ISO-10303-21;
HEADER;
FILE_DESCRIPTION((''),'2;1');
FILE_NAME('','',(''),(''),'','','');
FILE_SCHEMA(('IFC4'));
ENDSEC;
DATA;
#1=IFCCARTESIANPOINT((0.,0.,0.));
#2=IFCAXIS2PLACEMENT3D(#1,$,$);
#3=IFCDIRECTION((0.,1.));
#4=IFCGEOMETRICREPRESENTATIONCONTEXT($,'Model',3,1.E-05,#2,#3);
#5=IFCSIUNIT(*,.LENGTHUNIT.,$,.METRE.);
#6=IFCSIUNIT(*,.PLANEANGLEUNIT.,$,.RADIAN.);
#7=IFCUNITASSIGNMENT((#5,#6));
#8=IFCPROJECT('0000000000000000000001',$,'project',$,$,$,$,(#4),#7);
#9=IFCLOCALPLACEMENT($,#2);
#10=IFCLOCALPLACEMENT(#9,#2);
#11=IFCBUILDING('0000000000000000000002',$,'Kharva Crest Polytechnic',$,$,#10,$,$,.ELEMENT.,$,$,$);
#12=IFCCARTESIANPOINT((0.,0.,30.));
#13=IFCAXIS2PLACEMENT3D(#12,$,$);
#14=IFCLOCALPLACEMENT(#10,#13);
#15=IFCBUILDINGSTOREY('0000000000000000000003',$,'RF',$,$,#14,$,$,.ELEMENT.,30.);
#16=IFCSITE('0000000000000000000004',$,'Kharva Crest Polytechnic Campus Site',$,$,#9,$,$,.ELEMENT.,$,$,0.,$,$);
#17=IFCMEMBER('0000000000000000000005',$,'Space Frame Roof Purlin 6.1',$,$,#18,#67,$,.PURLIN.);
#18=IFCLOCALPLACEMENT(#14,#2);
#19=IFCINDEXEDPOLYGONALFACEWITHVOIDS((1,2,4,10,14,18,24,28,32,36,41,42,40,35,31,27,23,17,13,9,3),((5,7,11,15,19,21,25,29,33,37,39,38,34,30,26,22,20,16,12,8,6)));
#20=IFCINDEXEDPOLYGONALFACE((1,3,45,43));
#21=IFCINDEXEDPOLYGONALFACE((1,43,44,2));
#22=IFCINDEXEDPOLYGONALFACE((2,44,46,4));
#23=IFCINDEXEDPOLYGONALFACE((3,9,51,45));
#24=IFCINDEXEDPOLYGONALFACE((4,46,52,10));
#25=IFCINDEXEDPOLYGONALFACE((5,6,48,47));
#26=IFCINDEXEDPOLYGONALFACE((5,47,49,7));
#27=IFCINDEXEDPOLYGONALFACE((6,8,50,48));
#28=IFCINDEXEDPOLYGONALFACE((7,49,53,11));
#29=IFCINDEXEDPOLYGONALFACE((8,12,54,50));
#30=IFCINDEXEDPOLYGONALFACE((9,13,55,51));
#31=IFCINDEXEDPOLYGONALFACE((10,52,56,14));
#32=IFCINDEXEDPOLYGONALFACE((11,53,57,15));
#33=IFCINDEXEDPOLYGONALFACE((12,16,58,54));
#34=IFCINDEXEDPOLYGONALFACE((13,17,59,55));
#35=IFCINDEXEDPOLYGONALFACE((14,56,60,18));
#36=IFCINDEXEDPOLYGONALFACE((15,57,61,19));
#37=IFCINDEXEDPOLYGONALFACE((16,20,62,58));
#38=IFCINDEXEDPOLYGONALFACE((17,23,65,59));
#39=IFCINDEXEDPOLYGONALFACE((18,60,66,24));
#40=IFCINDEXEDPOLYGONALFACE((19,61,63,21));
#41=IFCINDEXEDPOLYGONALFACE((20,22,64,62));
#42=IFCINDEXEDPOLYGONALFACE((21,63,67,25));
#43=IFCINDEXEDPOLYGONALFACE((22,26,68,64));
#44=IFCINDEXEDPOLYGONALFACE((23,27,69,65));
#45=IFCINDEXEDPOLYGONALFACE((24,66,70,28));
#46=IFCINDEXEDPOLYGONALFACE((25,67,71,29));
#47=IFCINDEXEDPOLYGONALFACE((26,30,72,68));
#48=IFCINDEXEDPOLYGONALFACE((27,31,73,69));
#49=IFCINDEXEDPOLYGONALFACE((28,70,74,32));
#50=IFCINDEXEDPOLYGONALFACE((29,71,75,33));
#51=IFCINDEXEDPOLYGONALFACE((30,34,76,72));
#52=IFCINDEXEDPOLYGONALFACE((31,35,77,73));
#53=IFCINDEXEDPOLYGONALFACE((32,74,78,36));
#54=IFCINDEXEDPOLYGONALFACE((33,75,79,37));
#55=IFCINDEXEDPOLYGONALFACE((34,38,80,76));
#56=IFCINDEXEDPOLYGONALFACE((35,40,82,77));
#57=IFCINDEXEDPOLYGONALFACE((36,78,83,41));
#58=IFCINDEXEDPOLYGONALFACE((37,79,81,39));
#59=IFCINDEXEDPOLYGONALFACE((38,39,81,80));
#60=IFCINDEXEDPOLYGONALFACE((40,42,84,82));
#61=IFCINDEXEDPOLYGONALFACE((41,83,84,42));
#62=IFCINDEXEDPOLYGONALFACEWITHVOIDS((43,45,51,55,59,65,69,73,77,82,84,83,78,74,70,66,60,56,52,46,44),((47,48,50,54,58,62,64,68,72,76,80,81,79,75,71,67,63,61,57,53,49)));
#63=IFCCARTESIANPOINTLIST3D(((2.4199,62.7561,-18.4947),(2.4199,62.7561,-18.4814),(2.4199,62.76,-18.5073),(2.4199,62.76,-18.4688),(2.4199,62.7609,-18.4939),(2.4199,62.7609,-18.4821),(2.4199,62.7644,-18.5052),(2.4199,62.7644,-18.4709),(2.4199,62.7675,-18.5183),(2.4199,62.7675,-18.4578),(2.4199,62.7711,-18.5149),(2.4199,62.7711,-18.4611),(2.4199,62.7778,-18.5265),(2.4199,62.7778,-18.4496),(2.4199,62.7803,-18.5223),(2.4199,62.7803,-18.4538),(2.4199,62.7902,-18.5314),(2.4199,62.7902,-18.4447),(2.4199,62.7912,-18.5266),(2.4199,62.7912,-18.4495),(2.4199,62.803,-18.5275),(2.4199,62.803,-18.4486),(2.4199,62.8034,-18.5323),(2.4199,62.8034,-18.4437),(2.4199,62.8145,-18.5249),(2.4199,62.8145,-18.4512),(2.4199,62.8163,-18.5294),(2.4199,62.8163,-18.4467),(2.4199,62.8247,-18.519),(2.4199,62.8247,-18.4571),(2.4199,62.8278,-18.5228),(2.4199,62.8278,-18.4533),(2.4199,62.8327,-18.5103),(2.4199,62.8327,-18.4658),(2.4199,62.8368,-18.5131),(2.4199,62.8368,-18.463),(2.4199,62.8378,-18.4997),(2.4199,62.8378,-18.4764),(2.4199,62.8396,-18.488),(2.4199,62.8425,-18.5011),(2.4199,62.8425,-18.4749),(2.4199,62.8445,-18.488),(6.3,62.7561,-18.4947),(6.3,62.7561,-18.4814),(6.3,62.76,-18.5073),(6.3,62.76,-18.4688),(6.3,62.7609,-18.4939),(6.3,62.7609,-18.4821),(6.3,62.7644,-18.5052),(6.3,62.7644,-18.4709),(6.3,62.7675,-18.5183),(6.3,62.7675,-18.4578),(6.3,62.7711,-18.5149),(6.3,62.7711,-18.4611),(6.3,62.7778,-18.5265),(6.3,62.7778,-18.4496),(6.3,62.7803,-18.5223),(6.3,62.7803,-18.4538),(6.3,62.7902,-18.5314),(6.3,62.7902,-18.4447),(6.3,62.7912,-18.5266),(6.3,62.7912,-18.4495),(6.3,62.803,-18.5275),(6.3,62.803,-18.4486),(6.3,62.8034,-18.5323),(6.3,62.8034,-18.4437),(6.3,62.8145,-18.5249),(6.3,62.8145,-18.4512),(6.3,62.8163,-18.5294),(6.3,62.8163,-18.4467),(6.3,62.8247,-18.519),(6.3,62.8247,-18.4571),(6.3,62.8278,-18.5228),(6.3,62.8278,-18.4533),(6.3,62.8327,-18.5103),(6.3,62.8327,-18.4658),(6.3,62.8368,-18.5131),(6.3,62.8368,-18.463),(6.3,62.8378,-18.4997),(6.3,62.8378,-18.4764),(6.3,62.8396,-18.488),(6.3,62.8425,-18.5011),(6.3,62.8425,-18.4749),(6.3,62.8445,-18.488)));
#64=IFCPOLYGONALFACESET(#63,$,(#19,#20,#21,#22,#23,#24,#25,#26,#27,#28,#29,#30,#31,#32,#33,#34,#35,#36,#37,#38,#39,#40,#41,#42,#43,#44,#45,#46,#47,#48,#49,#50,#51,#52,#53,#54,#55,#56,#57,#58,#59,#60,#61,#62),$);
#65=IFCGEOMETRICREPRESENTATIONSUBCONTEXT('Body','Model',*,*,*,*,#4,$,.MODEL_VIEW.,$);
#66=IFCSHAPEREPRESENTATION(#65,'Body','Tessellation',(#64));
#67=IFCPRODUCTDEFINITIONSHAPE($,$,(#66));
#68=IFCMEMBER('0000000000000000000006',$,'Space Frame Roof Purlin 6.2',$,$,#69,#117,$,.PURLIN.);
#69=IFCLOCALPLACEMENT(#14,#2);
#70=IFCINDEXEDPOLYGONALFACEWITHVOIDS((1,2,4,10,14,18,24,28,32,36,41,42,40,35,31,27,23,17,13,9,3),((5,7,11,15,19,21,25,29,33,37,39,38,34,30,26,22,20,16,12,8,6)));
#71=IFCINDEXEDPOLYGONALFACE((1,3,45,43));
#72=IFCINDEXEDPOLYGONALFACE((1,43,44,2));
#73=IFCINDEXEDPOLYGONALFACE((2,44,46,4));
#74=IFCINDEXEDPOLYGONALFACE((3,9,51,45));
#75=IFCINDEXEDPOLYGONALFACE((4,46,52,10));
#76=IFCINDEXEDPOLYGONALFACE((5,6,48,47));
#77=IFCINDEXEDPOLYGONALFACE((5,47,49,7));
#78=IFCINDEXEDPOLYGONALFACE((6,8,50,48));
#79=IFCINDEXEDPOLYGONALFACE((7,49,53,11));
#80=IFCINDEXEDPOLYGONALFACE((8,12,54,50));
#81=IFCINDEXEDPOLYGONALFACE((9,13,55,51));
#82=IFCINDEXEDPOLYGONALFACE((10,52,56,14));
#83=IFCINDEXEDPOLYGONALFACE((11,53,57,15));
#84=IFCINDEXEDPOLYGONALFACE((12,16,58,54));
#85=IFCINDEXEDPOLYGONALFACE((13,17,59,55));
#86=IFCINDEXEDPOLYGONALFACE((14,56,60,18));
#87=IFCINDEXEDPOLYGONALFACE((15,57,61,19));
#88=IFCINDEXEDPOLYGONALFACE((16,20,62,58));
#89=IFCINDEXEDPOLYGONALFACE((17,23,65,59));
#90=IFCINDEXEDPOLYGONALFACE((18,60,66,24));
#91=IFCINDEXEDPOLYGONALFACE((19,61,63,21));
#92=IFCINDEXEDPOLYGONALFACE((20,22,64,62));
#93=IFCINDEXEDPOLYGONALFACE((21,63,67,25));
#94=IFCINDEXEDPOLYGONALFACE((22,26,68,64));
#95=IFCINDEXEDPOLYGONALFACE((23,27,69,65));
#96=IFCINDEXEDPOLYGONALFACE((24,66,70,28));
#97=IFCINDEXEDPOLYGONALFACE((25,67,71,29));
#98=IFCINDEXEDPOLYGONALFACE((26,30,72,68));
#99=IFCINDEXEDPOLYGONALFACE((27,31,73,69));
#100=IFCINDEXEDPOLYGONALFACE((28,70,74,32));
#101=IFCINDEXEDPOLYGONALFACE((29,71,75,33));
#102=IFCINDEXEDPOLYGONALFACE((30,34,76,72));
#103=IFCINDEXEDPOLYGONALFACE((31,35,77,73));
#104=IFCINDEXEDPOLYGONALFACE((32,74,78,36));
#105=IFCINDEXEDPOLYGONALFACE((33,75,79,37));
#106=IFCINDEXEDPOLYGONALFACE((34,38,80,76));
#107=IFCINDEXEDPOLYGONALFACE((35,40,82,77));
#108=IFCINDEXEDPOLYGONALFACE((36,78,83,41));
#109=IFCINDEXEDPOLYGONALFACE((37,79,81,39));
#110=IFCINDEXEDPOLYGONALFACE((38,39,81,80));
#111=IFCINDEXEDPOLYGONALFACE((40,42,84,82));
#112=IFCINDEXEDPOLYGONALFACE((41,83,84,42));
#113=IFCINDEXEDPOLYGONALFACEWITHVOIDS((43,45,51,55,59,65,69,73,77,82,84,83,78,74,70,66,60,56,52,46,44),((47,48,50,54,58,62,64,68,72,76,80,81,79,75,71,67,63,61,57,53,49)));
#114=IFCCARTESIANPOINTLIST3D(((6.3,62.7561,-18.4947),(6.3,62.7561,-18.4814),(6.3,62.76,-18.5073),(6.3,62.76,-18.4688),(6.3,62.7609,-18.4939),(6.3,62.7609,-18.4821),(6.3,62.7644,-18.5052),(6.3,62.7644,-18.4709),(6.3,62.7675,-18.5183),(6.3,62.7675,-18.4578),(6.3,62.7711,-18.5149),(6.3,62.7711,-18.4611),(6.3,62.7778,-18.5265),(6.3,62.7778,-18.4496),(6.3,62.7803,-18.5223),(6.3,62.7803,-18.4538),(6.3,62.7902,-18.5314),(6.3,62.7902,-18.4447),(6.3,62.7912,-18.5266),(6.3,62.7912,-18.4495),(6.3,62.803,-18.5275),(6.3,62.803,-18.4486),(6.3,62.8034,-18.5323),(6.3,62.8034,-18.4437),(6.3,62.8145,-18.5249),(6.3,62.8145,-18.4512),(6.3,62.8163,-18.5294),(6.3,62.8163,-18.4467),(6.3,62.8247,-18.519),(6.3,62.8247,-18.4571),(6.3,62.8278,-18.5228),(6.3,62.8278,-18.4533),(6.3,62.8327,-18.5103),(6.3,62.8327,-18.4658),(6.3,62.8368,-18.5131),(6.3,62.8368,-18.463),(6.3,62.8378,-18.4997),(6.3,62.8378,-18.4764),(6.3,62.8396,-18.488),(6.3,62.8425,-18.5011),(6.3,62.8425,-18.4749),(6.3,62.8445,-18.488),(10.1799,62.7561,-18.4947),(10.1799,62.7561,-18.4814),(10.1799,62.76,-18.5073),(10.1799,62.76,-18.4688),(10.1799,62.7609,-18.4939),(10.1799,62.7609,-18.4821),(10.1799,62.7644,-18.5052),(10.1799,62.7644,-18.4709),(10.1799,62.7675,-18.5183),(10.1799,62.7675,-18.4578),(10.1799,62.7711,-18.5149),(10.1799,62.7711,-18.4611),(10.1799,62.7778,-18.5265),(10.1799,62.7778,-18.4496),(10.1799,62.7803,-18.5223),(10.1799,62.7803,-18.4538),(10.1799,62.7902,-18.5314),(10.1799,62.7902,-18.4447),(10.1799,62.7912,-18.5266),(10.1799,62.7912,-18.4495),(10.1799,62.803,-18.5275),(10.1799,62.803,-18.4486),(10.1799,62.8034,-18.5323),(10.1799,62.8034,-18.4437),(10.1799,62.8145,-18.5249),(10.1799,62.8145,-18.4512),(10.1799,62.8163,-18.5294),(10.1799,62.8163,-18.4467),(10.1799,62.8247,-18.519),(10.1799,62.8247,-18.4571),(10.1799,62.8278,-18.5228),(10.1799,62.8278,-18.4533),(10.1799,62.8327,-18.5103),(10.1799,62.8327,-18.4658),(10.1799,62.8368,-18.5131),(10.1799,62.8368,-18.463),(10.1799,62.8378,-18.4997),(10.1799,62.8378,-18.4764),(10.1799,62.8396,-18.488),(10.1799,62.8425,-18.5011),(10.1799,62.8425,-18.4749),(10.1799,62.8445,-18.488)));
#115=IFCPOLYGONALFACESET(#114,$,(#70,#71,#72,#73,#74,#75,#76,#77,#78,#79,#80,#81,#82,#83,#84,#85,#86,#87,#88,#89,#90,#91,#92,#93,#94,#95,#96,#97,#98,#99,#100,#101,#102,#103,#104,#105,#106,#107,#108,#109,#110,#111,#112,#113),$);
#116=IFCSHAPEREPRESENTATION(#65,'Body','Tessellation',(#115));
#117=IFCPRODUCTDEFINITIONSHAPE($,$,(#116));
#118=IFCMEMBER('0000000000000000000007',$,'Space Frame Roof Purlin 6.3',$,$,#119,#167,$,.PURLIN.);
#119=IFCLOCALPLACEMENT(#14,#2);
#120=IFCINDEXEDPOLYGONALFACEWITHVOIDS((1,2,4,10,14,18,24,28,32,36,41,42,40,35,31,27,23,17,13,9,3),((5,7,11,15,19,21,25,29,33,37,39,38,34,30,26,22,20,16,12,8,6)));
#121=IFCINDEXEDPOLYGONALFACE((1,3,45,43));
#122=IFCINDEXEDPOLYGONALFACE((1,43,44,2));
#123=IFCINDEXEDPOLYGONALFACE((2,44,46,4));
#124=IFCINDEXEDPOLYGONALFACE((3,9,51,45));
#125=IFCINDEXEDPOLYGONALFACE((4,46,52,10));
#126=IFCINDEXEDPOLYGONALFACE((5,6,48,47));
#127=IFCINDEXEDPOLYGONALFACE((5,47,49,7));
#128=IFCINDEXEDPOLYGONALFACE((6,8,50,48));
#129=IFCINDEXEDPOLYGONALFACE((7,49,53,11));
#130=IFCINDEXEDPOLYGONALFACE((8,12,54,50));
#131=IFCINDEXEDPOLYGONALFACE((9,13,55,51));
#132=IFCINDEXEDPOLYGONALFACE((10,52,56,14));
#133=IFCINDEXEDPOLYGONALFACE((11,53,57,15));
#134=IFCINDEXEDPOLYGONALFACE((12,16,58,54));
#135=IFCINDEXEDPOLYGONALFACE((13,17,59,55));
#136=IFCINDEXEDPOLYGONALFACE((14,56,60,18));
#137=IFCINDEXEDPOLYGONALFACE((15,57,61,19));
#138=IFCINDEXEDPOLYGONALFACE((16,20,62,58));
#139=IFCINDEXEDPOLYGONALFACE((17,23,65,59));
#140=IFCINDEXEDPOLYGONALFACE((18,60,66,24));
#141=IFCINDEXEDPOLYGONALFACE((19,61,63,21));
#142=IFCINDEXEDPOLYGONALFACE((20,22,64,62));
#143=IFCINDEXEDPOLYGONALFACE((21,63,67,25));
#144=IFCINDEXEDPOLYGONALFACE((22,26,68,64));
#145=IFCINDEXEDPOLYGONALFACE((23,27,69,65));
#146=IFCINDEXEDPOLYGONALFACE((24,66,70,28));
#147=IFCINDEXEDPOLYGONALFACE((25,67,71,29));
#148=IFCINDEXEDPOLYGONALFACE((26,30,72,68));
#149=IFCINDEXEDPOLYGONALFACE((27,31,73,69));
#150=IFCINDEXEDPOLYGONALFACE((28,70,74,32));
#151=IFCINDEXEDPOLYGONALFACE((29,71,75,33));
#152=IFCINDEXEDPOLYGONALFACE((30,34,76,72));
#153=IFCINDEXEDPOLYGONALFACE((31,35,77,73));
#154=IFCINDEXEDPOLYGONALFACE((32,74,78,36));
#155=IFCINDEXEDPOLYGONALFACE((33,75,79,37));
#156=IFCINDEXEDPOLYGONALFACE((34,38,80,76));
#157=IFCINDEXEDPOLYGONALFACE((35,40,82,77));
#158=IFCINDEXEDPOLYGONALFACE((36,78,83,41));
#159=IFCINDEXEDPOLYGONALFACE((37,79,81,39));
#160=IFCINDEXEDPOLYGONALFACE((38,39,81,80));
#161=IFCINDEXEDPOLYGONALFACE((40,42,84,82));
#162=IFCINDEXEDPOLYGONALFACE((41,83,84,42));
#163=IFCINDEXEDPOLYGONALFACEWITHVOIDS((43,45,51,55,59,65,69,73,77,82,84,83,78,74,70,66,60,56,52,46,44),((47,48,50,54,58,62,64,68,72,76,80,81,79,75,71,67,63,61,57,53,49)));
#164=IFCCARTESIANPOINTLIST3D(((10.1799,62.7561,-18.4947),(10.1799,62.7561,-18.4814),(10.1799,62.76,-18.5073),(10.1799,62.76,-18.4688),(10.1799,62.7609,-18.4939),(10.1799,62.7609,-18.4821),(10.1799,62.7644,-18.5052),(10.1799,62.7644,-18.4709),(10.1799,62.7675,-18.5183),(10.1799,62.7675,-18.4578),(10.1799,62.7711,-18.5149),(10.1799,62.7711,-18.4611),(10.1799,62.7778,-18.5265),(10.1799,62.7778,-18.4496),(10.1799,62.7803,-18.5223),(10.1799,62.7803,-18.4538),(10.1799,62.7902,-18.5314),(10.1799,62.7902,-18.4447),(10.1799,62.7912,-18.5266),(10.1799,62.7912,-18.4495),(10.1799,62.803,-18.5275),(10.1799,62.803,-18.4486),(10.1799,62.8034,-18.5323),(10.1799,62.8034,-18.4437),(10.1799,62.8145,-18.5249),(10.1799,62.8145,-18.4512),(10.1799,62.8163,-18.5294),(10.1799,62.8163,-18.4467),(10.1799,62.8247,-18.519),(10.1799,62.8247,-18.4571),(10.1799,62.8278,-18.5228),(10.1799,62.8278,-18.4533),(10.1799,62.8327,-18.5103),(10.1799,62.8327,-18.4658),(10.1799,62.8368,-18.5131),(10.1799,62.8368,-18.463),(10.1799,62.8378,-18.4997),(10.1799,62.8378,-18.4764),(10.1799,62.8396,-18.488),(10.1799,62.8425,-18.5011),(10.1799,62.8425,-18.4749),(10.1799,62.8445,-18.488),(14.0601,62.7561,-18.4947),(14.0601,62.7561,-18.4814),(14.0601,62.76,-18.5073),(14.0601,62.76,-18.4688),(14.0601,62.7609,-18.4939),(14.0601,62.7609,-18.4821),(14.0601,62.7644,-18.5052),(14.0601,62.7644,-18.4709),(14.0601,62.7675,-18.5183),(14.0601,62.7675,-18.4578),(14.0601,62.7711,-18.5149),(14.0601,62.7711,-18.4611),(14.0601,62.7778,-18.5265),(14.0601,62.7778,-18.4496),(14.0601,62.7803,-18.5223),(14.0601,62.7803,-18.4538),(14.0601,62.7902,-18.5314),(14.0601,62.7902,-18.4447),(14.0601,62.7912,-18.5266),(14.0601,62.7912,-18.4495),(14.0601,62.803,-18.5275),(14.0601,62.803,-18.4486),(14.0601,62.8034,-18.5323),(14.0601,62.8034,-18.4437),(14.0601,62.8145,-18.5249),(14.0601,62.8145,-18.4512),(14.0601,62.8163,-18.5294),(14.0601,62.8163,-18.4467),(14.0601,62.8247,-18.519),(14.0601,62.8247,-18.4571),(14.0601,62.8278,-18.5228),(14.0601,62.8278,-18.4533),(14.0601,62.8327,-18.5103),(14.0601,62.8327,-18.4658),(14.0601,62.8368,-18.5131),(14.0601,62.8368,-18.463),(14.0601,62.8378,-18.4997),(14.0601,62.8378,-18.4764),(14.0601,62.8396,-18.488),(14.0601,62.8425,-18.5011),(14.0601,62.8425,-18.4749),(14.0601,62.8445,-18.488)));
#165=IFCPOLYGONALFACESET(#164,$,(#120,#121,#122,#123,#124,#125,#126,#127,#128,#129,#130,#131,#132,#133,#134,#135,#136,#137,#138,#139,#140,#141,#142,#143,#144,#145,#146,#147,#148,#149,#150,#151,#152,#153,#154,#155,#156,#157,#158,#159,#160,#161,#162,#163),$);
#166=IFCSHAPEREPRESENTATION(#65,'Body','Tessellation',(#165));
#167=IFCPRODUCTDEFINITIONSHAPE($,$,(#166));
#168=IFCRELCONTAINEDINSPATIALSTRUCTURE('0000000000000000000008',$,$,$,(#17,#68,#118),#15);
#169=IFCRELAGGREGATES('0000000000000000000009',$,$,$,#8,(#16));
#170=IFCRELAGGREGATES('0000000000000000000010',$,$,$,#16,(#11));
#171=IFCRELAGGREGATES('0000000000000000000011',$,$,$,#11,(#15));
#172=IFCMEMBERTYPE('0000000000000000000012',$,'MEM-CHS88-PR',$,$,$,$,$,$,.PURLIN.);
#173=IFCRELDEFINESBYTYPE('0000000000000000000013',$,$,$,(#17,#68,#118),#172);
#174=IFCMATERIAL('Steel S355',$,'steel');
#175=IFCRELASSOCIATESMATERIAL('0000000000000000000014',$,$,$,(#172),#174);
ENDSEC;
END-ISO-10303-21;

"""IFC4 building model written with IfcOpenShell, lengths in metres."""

from ifc_helpers import new_model, si_unit, direction, frame, origin, origin_2d, place, context, subcontext, project, spatial, hollow_circle, extrude, material, material_profile, profile_set, type_object, element, save


model = new_model("IFC4")

# Units and contexts
model_context = context("Model", 3, precision=1e-05, world=origin(), true_north=direction((0.0, 1.0)))
body_context = subcontext(model_context, "Body", "Model", "MODEL_VIEW")
ifc_project = project(units=[si_unit("LENGTHUNIT", "METRE"), si_unit("PLANEANGLEUNIT", "RADIAN")], contexts=[model_context])

# Site, building, storey
site_placement = place(None, origin())
site = spatial("IfcSite", under=ifc_project, at=site_placement, Name="Kharva Crest Polytechnic Campus Site", CompositionType="ELEMENT", RefElevation=0.0)
building_placement = place(site_placement, origin())
building = spatial("IfcBuilding", under=site, at=building_placement, Name="Kharva Crest Polytechnic", CompositionType="ELEMENT")
storey_placement = place(building_placement, frame((0.0, 0.0, 30.0)))
storey = spatial("IfcBuildingStorey", under=building, at=storey_placement, Name="RF", CompositionType="ELEMENT", Elevation=30.0)

# Members
ifc_material = material(Name="Steel S355", Category="steel")
ifc_material_profile = material_profile(ifc_material, hollow_circle(Radius=0.0444, WallThickness=0.0049, at=origin_2d()), Name="CHS 88.9X5.0")
ifc_profile_set = profile_set([ifc_material_profile], Name="Steel S355")
member_type = type_object("IfcMemberType", Name="MEM-CHS88-PR", PredefinedType="PURLIN", material=ifc_profile_set)
member_1_placement = place(storey_placement, frame((2.4199, 62.8, -18.488), z_axis=(1.0, 0.0, 0.0), x_axis=(0.0, 1.0, 0.0)))
element("IfcMember", 1, at=member_1_placement, inside=storey, type_object=member_type, Name="Space Frame Roof Purlin 6.1", PredefinedType="PURLIN", context=body_context, shape_type="SweptSolid", body=[
    extrude(hollow_circle(Radius=0.0444, WallThickness=0.0049, at=origin_2d()), origin(), (0.0, 0.0, 1.0), 3.8801),
])
member_2_placement = place(storey_placement, frame((6.3, 62.8, -18.488), z_axis=(1.0, 0.0, 0.0), x_axis=(0.0, 1.0, 0.0)))
element("IfcMember", 2, at=member_2_placement, inside=storey, type_object=member_type, Name="Space Frame Roof Purlin 6.2", PredefinedType="PURLIN", context=body_context, shape_type="SweptSolid", body=[
    extrude(hollow_circle(Radius=0.0444, WallThickness=0.0049, at=origin_2d()), origin(), (0.0, 0.0, 1.0), 3.8799),
])
for number, where, z_axis, x_axis, name in (
    (3, (10.1799, 62.8, -18.488), (1.0, 0.0, 0.0), (0.0, 1.0, 0.0), "Space Frame Roof Purlin 6.3"),
):
    element("IfcMember", number, at=place(storey_placement, frame(where, z_axis=z_axis, x_axis=x_axis)), inside=storey, type_object=member_type, Name=name, PredefinedType="PURLIN", context=body_context, shape_type="SweptSolid", body=[
        extrude(hollow_circle(Radius=0.0444, WallThickness=0.0049, at=origin_2d()), origin(), (0.0, 0.0, 1.0), 3.8801),
    ])

save(model, "model.ifc")
